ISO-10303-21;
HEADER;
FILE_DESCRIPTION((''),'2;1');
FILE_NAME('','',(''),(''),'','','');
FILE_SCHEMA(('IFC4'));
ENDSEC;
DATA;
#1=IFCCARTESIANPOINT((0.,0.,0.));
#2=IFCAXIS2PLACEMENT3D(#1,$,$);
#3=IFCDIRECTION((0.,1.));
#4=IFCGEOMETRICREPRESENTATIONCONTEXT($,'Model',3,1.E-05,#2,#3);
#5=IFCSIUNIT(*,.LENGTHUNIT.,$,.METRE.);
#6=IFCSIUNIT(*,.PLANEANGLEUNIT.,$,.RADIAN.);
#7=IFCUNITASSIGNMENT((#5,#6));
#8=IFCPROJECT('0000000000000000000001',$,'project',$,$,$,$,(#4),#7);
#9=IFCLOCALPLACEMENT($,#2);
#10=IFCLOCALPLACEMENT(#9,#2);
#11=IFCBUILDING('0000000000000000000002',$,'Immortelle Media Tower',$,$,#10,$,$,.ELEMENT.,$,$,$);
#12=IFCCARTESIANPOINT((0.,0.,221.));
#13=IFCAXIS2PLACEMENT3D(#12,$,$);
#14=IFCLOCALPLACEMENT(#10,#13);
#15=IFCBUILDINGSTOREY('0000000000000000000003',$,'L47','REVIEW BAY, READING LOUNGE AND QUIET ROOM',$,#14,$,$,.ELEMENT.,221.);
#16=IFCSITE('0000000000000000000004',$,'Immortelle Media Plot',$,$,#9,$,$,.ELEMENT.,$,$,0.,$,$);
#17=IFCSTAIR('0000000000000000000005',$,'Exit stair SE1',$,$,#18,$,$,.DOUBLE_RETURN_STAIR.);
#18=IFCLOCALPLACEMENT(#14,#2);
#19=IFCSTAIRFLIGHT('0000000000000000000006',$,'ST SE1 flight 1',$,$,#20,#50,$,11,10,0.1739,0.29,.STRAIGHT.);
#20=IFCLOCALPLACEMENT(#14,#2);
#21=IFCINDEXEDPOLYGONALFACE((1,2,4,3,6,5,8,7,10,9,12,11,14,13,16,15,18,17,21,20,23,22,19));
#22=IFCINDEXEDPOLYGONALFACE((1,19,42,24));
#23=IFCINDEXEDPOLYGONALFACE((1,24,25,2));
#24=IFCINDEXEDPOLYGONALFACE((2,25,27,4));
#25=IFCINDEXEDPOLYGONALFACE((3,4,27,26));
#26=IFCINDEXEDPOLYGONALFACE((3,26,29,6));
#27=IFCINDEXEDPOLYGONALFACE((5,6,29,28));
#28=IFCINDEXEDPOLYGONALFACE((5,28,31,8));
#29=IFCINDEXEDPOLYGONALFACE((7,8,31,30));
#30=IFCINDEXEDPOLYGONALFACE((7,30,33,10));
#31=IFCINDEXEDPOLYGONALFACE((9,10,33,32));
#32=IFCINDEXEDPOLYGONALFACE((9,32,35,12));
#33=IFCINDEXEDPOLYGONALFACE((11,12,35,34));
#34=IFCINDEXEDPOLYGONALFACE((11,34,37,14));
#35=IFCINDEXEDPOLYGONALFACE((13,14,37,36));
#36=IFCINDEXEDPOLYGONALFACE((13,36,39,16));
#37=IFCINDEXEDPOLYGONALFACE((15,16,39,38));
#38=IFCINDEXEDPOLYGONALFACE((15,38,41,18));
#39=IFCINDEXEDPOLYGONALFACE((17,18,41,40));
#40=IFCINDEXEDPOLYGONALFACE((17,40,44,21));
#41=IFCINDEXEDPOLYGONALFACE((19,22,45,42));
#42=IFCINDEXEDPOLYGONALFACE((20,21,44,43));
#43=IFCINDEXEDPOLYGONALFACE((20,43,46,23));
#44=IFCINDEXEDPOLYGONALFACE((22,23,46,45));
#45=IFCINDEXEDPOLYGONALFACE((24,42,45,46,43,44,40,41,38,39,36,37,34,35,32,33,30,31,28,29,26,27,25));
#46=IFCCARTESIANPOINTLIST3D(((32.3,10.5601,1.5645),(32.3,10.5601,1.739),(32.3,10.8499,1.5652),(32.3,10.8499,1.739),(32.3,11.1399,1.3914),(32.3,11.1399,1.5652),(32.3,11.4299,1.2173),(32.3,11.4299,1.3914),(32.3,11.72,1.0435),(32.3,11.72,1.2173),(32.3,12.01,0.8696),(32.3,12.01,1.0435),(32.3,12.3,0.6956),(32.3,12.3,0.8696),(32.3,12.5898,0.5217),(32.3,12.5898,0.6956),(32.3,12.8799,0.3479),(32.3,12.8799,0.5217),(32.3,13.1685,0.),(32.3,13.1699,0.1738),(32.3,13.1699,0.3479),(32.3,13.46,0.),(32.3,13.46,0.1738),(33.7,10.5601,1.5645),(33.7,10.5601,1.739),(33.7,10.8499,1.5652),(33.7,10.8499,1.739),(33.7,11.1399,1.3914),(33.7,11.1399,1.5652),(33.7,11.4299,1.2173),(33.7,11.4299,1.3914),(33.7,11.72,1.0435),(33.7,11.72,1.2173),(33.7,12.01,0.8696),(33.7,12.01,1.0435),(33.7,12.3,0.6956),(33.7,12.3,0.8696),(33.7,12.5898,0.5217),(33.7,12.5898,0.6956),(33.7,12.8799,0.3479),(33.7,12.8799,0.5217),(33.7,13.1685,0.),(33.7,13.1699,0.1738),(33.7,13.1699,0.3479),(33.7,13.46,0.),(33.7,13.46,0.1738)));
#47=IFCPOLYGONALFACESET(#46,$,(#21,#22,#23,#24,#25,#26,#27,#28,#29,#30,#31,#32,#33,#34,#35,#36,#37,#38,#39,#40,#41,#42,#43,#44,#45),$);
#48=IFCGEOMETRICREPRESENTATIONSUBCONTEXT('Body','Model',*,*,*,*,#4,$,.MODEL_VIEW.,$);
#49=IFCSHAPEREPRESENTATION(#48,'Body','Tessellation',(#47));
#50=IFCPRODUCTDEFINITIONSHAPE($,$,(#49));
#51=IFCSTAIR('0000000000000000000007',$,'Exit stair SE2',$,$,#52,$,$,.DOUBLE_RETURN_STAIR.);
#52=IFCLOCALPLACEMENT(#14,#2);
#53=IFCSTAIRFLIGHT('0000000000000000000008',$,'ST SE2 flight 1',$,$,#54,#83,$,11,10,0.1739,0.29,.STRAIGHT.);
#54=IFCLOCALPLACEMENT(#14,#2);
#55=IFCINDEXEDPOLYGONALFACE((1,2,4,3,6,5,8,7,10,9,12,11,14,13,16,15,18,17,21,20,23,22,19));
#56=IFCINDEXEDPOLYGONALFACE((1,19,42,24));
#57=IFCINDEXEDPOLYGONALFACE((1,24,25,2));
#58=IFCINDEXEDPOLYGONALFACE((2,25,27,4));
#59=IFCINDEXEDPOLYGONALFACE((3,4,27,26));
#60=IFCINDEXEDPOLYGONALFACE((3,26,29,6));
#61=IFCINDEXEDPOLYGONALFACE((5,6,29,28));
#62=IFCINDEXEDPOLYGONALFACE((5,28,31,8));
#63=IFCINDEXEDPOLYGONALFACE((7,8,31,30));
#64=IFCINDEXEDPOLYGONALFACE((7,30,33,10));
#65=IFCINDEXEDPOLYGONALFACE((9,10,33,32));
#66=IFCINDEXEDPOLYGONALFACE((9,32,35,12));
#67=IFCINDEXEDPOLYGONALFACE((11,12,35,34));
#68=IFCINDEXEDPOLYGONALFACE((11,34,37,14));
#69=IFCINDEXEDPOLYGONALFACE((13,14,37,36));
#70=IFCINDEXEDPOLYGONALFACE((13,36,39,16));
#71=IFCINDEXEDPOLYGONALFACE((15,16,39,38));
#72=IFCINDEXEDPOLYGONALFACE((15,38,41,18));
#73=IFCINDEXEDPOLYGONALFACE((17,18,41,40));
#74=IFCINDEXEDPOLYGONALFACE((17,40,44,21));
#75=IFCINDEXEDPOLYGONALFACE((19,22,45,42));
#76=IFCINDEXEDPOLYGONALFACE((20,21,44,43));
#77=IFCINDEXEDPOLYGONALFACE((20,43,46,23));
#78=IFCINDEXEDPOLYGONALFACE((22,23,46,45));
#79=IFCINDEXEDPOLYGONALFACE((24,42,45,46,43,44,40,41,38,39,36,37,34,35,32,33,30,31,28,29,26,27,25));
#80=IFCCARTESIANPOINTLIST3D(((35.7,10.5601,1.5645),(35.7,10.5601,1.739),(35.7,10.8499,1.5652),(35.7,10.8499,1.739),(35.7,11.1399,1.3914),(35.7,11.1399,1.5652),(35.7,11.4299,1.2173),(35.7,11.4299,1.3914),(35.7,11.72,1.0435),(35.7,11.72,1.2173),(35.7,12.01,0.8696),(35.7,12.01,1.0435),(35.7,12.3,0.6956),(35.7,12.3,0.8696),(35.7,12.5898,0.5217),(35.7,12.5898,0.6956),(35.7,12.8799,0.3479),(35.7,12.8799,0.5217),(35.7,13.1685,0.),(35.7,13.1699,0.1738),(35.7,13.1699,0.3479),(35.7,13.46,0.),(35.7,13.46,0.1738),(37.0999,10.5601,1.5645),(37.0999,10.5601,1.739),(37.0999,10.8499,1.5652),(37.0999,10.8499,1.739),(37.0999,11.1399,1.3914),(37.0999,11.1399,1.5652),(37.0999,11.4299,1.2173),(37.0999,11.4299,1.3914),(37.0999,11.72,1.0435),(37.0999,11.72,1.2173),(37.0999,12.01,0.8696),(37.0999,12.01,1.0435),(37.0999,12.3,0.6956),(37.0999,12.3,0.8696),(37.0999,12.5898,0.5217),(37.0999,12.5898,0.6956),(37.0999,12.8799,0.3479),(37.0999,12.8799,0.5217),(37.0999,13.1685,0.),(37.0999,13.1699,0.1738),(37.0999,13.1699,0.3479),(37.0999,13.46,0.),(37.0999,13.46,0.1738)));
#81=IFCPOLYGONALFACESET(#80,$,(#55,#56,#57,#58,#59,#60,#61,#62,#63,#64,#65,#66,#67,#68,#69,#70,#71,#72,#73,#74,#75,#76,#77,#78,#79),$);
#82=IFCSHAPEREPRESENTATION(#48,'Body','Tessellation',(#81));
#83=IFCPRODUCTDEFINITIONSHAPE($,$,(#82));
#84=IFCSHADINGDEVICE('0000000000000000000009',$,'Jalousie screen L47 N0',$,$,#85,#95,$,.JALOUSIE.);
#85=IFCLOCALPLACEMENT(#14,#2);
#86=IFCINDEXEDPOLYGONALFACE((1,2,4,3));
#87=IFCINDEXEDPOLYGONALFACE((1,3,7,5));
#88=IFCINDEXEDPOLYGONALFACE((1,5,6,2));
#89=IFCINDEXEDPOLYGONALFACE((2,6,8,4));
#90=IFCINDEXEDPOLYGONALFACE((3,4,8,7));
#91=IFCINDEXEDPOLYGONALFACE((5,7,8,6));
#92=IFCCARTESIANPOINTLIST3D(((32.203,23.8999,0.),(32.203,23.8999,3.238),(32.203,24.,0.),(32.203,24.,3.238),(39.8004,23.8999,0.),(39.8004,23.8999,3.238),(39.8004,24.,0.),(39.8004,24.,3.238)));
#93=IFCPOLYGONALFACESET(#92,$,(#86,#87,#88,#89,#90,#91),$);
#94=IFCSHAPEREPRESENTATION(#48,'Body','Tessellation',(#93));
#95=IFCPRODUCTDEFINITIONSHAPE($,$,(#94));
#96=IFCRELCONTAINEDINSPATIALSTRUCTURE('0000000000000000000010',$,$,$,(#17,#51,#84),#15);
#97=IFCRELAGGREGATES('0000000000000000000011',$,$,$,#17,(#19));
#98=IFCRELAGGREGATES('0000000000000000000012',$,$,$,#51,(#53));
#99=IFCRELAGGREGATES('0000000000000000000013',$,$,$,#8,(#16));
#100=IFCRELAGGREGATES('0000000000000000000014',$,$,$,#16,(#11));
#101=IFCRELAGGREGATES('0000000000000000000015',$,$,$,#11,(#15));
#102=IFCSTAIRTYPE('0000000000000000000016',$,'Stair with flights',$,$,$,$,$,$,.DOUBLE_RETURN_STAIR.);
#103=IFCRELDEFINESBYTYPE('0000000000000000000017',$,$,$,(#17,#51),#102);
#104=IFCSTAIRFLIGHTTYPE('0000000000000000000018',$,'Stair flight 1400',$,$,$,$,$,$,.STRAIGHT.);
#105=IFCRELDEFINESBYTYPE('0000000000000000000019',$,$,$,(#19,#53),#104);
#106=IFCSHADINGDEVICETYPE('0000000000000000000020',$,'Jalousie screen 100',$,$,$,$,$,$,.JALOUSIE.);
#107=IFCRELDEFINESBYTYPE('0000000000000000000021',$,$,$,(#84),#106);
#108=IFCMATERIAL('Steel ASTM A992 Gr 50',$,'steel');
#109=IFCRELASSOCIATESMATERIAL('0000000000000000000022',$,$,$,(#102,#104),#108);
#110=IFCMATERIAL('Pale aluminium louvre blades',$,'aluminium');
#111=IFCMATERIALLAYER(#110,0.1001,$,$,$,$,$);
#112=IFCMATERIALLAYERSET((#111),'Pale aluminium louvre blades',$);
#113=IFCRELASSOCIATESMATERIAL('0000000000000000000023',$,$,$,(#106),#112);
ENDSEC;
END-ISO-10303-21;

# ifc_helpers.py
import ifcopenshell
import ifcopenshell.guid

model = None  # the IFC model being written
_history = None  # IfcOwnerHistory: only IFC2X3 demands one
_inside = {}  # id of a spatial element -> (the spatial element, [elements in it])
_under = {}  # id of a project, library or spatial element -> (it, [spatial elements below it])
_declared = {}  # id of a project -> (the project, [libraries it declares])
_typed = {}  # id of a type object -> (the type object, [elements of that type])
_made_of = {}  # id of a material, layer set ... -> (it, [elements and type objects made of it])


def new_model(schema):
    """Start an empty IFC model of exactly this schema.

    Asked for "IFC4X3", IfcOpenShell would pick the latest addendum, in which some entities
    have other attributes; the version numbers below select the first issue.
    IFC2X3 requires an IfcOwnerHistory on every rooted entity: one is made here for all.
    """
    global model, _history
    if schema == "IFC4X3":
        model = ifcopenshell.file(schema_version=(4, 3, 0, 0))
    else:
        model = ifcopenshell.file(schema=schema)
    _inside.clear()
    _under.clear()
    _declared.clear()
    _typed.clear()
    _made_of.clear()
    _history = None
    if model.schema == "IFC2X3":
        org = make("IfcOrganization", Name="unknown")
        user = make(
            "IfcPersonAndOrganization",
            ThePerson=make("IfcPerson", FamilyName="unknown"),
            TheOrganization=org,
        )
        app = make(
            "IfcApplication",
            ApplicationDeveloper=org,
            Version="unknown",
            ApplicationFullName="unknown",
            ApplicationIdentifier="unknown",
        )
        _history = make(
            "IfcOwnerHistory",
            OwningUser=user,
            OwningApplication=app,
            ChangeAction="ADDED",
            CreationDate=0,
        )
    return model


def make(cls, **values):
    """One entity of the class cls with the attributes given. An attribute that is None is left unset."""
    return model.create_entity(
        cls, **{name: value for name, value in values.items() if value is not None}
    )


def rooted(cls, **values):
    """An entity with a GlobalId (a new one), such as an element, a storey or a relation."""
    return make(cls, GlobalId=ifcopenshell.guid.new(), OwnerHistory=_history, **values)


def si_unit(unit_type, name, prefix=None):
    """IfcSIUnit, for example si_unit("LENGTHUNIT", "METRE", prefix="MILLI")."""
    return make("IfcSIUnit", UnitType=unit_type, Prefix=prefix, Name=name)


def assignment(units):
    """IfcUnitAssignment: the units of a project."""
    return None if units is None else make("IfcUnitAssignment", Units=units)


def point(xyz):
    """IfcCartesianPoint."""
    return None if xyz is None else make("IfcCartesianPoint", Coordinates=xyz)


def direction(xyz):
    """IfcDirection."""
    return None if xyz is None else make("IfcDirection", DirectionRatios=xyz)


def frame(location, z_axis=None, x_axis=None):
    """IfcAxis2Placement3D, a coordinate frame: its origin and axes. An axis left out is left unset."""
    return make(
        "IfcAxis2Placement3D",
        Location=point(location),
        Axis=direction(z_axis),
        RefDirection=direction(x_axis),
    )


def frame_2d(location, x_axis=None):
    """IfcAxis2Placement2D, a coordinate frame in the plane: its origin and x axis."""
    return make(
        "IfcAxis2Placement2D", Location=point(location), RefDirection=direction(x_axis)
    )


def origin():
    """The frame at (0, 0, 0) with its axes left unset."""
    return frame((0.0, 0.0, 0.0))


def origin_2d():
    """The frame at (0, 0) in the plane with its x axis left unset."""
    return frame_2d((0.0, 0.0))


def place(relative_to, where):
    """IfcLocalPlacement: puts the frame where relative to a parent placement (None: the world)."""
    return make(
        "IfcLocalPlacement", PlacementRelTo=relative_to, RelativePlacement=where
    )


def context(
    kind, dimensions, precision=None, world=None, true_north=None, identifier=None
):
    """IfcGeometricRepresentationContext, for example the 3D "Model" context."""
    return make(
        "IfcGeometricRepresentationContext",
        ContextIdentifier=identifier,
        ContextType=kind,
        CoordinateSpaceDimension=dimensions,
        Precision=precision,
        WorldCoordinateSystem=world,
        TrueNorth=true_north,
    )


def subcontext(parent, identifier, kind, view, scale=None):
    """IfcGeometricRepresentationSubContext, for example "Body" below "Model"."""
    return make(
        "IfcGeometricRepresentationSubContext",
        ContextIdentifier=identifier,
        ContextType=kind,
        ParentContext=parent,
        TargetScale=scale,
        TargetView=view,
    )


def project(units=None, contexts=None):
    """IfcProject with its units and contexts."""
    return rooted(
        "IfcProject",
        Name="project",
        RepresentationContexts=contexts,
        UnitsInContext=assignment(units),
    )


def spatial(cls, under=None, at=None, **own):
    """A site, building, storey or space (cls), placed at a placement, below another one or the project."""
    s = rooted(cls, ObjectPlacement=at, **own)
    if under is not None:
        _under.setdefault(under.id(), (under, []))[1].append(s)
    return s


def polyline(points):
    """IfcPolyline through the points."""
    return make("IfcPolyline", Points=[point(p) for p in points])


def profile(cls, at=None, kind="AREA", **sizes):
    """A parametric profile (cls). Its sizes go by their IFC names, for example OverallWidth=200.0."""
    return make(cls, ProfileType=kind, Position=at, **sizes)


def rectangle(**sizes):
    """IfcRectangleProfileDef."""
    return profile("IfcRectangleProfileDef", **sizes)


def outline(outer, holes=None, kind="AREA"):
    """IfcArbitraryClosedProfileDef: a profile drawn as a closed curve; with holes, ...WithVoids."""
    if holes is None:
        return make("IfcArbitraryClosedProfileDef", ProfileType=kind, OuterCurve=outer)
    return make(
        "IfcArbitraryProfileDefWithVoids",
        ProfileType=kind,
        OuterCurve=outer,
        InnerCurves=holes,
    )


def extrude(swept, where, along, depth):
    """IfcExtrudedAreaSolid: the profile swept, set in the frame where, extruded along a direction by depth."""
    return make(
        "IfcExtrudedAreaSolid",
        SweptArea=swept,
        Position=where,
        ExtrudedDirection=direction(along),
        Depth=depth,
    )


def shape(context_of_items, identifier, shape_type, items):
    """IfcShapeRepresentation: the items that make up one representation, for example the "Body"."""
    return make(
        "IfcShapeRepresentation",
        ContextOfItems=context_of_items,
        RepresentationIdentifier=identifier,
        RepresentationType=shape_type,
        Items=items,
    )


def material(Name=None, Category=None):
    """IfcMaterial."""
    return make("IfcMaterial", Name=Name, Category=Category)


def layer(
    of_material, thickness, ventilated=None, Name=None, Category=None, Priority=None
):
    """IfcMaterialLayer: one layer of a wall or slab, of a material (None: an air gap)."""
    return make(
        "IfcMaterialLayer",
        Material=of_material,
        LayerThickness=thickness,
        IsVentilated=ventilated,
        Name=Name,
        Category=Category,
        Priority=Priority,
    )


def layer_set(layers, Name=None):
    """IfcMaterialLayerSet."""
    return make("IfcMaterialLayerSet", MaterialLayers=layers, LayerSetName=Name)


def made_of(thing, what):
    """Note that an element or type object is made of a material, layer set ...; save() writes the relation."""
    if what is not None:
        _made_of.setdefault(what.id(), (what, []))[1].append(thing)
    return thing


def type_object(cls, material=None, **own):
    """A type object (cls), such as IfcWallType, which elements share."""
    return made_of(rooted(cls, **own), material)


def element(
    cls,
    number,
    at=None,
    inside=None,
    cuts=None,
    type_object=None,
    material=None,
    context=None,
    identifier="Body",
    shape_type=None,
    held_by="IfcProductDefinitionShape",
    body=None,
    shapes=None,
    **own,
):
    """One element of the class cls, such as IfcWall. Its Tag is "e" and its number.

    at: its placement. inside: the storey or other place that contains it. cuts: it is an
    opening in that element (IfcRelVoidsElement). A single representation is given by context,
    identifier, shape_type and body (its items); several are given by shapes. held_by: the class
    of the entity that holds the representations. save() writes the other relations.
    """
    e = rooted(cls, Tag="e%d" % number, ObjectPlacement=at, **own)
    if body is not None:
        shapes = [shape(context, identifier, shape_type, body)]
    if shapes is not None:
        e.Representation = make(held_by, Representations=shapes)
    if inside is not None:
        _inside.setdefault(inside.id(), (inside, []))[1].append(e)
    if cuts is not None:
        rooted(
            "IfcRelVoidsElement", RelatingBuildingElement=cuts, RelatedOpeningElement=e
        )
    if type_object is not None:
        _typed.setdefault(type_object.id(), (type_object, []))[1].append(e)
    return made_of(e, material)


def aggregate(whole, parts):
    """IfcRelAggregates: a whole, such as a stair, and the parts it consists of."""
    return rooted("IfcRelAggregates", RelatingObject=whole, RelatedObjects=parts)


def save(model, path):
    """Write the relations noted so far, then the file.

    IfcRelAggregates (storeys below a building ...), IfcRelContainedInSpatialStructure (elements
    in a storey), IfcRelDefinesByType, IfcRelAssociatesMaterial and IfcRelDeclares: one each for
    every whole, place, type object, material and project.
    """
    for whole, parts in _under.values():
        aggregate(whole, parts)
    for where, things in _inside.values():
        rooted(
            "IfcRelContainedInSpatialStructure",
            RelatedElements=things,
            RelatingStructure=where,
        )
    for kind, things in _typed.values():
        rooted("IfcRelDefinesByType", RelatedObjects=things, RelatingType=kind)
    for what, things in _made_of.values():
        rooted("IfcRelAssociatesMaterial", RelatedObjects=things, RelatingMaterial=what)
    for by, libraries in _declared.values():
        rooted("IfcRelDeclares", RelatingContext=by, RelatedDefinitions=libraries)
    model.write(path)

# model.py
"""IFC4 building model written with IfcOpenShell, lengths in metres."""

from ifc_helpers import new_model, si_unit, direction, frame, origin, origin_2d, place, context, subcontext, project, spatial, polyline, rectangle, outline, extrude, material, layer, layer_set, type_object, element, aggregate, save


model = new_model("IFC4")

# Units and contexts
model_context = context("Model", 3, precision=1e-05, world=origin(), true_north=direction((0.0, 1.0)))
body_context = subcontext(model_context, "Body", "Model", "MODEL_VIEW")
ifc_project = project(units=[si_unit("LENGTHUNIT", "METRE"), si_unit("PLANEANGLEUNIT", "RADIAN")], contexts=[model_context])

# Site, building, storey
site_placement = place(None, origin())
site = spatial("IfcSite", under=ifc_project, at=site_placement, Name="Immortelle Media Plot", CompositionType="ELEMENT", RefElevation=0.0)
building_placement = place(site_placement, origin())
building = spatial("IfcBuilding", under=site, at=building_placement, Name="Immortelle Media Tower", CompositionType="ELEMENT")
storey_placement = place(building_placement, frame((0.0, 0.0, 221.0)))
storey = spatial("IfcBuildingStorey", under=building, at=storey_placement, Name="L47", Description="REVIEW BAY, READING LOUNGE AND QUIET ROOM", CompositionType="ELEMENT", Elevation=221.0)

# Shared definitions
ifc_material_1 = material(Name="Steel ASTM A992 Gr 50", Category="steel")

# Stairs, stair flights
stair_type = type_object("IfcStairType", Name="Stair with flights", PredefinedType="DOUBLE_RETURN_STAIR", material=ifc_material_1)
stair_1_placement = place(storey_placement, origin())
stair_1 = element("IfcStair", 1, at=stair_1_placement, inside=storey, type_object=stair_type, Name="Exit stair SE1", PredefinedType="DOUBLE_RETURN_STAIR")
stair_flight_type = type_object("IfcStairFlightType", Name="Stair flight 1400", PredefinedType="STRAIGHT", material=ifc_material_1)
stair_flight_1_placement = place(storey_placement, frame((33.0, 13.46, 0.0), z_axis=(0.0, 0.0, 1.0), x_axis=(0.0, -1.0, 0.0)))
stair_flight_1 = element("IfcStairFlight", 2, at=stair_flight_1_placement, type_object=stair_flight_type, Name="ST SE1 flight 1", NumberOfRisers=11, NumberOfTreads=10, PredefinedType="STRAIGHT", RiserHeight=0.1739, TreadLength=0.29, context=body_context, shape_type="SweptSolid", body=[
    extrude(outline(polyline([(0.0, 0.0), (0.0, 0.1738), (0.29, 0.1738), (0.29, 0.3479), (0.5801, 0.3479), (0.5801, 0.5217), (0.8701, 0.5217), (0.8701, 0.6956), (1.1599, 0.6956), (1.1599, 0.8696), (1.45, 0.8696), (1.45, 1.0435), (1.74, 1.0435), (1.74, 1.2173), (2.03, 1.2173), (2.03, 1.3914), (2.3201, 1.3914), (2.3201, 1.5652), (2.6101, 1.5652), (2.6101, 1.739), (2.8999, 1.739), (2.8999, 1.9131), (2.8999, 1.5645), (0.2915, 0.0), (0.0, 0.0)])), frame((0.0, 0.7, 0.0), z_axis=(0.0, -1.0, 0.0), x_axis=(1.0, 0.0, 0.0)), (0.0, 0.0, 1.0), 1.3999),
])
aggregate(stair_1, [stair_flight_1])
stair_2_placement = place(storey_placement, origin())
stair_2 = element("IfcStair", 3, at=stair_2_placement, inside=storey, type_object=stair_type, Name="Exit stair SE2", PredefinedType="DOUBLE_RETURN_STAIR")
stair_flight_2_placement = place(storey_placement, frame((36.3999, 13.46, 0.0), z_axis=(0.0, 0.0, 1.0), x_axis=(0.0, -1.0, 0.0)))
stair_flight_2 = element("IfcStairFlight", 4, at=stair_flight_2_placement, type_object=stair_flight_type, Name="ST SE2 flight 1", NumberOfRisers=11, NumberOfTreads=10, PredefinedType="STRAIGHT", RiserHeight=0.1739, TreadLength=0.29, context=body_context, shape_type="SweptSolid", body=[
    extrude(outline(polyline([(0.0, 0.0), (0.0, 0.1738), (0.29, 0.1738), (0.29, 0.3479), (0.5801, 0.3479), (0.5801, 0.5217), (0.8701, 0.5217), (0.8701, 0.6956), (1.1599, 0.6956), (1.1599, 0.8696), (1.45, 0.8696), (1.45, 1.0435), (1.74, 1.0435), (1.74, 1.2173), (2.03, 1.2173), (2.03, 1.3914), (2.3201, 1.3914), (2.3201, 1.5652), (2.6101, 1.5652), (2.6101, 1.739), (2.8999, 1.739), (2.8999, 1.9131), (2.8999, 1.5645), (0.2915, 0.0), (0.0, 0.0)])), frame((0.0, 0.7, 0.0), z_axis=(0.0, -1.0, 0.0), x_axis=(1.0, 0.0, 0.0)), (0.0, 0.0, 1.0), 1.3999),
])
aggregate(stair_2, [stair_flight_2])

# Shading device
ifc_material_2 = material(Name="Pale aluminium louvre blades", Category="aluminium")
ifc_layer_1 = layer(ifc_material_2, 0.1001)
ifc_layer_set_1 = layer_set([ifc_layer_1], Name="Pale aluminium louvre blades")
shading_device_type = type_object("IfcShadingDeviceType", Name="Jalousie screen 100", PredefinedType="JALOUSIE", material=ifc_layer_set_1)
shading_device_placement = place(storey_placement, frame((36.0017, 23.95, 0.0), z_axis=(0.0, 0.0, 1.0), x_axis=(-1.0, 0.0, 0.0)))
element("IfcShadingDevice", 5, at=shading_device_placement, inside=storey, type_object=shading_device_type, Name="Jalousie screen L47 N0", PredefinedType="JALOUSIE", context=body_context, shape_type="SweptSolid", body=[
    extrude(rectangle(XDim=7.5974, YDim=0.1001, at=origin_2d()), origin(), (0.0, 0.0, 1.0), 3.238),
])

save(model, "model.ifc")
